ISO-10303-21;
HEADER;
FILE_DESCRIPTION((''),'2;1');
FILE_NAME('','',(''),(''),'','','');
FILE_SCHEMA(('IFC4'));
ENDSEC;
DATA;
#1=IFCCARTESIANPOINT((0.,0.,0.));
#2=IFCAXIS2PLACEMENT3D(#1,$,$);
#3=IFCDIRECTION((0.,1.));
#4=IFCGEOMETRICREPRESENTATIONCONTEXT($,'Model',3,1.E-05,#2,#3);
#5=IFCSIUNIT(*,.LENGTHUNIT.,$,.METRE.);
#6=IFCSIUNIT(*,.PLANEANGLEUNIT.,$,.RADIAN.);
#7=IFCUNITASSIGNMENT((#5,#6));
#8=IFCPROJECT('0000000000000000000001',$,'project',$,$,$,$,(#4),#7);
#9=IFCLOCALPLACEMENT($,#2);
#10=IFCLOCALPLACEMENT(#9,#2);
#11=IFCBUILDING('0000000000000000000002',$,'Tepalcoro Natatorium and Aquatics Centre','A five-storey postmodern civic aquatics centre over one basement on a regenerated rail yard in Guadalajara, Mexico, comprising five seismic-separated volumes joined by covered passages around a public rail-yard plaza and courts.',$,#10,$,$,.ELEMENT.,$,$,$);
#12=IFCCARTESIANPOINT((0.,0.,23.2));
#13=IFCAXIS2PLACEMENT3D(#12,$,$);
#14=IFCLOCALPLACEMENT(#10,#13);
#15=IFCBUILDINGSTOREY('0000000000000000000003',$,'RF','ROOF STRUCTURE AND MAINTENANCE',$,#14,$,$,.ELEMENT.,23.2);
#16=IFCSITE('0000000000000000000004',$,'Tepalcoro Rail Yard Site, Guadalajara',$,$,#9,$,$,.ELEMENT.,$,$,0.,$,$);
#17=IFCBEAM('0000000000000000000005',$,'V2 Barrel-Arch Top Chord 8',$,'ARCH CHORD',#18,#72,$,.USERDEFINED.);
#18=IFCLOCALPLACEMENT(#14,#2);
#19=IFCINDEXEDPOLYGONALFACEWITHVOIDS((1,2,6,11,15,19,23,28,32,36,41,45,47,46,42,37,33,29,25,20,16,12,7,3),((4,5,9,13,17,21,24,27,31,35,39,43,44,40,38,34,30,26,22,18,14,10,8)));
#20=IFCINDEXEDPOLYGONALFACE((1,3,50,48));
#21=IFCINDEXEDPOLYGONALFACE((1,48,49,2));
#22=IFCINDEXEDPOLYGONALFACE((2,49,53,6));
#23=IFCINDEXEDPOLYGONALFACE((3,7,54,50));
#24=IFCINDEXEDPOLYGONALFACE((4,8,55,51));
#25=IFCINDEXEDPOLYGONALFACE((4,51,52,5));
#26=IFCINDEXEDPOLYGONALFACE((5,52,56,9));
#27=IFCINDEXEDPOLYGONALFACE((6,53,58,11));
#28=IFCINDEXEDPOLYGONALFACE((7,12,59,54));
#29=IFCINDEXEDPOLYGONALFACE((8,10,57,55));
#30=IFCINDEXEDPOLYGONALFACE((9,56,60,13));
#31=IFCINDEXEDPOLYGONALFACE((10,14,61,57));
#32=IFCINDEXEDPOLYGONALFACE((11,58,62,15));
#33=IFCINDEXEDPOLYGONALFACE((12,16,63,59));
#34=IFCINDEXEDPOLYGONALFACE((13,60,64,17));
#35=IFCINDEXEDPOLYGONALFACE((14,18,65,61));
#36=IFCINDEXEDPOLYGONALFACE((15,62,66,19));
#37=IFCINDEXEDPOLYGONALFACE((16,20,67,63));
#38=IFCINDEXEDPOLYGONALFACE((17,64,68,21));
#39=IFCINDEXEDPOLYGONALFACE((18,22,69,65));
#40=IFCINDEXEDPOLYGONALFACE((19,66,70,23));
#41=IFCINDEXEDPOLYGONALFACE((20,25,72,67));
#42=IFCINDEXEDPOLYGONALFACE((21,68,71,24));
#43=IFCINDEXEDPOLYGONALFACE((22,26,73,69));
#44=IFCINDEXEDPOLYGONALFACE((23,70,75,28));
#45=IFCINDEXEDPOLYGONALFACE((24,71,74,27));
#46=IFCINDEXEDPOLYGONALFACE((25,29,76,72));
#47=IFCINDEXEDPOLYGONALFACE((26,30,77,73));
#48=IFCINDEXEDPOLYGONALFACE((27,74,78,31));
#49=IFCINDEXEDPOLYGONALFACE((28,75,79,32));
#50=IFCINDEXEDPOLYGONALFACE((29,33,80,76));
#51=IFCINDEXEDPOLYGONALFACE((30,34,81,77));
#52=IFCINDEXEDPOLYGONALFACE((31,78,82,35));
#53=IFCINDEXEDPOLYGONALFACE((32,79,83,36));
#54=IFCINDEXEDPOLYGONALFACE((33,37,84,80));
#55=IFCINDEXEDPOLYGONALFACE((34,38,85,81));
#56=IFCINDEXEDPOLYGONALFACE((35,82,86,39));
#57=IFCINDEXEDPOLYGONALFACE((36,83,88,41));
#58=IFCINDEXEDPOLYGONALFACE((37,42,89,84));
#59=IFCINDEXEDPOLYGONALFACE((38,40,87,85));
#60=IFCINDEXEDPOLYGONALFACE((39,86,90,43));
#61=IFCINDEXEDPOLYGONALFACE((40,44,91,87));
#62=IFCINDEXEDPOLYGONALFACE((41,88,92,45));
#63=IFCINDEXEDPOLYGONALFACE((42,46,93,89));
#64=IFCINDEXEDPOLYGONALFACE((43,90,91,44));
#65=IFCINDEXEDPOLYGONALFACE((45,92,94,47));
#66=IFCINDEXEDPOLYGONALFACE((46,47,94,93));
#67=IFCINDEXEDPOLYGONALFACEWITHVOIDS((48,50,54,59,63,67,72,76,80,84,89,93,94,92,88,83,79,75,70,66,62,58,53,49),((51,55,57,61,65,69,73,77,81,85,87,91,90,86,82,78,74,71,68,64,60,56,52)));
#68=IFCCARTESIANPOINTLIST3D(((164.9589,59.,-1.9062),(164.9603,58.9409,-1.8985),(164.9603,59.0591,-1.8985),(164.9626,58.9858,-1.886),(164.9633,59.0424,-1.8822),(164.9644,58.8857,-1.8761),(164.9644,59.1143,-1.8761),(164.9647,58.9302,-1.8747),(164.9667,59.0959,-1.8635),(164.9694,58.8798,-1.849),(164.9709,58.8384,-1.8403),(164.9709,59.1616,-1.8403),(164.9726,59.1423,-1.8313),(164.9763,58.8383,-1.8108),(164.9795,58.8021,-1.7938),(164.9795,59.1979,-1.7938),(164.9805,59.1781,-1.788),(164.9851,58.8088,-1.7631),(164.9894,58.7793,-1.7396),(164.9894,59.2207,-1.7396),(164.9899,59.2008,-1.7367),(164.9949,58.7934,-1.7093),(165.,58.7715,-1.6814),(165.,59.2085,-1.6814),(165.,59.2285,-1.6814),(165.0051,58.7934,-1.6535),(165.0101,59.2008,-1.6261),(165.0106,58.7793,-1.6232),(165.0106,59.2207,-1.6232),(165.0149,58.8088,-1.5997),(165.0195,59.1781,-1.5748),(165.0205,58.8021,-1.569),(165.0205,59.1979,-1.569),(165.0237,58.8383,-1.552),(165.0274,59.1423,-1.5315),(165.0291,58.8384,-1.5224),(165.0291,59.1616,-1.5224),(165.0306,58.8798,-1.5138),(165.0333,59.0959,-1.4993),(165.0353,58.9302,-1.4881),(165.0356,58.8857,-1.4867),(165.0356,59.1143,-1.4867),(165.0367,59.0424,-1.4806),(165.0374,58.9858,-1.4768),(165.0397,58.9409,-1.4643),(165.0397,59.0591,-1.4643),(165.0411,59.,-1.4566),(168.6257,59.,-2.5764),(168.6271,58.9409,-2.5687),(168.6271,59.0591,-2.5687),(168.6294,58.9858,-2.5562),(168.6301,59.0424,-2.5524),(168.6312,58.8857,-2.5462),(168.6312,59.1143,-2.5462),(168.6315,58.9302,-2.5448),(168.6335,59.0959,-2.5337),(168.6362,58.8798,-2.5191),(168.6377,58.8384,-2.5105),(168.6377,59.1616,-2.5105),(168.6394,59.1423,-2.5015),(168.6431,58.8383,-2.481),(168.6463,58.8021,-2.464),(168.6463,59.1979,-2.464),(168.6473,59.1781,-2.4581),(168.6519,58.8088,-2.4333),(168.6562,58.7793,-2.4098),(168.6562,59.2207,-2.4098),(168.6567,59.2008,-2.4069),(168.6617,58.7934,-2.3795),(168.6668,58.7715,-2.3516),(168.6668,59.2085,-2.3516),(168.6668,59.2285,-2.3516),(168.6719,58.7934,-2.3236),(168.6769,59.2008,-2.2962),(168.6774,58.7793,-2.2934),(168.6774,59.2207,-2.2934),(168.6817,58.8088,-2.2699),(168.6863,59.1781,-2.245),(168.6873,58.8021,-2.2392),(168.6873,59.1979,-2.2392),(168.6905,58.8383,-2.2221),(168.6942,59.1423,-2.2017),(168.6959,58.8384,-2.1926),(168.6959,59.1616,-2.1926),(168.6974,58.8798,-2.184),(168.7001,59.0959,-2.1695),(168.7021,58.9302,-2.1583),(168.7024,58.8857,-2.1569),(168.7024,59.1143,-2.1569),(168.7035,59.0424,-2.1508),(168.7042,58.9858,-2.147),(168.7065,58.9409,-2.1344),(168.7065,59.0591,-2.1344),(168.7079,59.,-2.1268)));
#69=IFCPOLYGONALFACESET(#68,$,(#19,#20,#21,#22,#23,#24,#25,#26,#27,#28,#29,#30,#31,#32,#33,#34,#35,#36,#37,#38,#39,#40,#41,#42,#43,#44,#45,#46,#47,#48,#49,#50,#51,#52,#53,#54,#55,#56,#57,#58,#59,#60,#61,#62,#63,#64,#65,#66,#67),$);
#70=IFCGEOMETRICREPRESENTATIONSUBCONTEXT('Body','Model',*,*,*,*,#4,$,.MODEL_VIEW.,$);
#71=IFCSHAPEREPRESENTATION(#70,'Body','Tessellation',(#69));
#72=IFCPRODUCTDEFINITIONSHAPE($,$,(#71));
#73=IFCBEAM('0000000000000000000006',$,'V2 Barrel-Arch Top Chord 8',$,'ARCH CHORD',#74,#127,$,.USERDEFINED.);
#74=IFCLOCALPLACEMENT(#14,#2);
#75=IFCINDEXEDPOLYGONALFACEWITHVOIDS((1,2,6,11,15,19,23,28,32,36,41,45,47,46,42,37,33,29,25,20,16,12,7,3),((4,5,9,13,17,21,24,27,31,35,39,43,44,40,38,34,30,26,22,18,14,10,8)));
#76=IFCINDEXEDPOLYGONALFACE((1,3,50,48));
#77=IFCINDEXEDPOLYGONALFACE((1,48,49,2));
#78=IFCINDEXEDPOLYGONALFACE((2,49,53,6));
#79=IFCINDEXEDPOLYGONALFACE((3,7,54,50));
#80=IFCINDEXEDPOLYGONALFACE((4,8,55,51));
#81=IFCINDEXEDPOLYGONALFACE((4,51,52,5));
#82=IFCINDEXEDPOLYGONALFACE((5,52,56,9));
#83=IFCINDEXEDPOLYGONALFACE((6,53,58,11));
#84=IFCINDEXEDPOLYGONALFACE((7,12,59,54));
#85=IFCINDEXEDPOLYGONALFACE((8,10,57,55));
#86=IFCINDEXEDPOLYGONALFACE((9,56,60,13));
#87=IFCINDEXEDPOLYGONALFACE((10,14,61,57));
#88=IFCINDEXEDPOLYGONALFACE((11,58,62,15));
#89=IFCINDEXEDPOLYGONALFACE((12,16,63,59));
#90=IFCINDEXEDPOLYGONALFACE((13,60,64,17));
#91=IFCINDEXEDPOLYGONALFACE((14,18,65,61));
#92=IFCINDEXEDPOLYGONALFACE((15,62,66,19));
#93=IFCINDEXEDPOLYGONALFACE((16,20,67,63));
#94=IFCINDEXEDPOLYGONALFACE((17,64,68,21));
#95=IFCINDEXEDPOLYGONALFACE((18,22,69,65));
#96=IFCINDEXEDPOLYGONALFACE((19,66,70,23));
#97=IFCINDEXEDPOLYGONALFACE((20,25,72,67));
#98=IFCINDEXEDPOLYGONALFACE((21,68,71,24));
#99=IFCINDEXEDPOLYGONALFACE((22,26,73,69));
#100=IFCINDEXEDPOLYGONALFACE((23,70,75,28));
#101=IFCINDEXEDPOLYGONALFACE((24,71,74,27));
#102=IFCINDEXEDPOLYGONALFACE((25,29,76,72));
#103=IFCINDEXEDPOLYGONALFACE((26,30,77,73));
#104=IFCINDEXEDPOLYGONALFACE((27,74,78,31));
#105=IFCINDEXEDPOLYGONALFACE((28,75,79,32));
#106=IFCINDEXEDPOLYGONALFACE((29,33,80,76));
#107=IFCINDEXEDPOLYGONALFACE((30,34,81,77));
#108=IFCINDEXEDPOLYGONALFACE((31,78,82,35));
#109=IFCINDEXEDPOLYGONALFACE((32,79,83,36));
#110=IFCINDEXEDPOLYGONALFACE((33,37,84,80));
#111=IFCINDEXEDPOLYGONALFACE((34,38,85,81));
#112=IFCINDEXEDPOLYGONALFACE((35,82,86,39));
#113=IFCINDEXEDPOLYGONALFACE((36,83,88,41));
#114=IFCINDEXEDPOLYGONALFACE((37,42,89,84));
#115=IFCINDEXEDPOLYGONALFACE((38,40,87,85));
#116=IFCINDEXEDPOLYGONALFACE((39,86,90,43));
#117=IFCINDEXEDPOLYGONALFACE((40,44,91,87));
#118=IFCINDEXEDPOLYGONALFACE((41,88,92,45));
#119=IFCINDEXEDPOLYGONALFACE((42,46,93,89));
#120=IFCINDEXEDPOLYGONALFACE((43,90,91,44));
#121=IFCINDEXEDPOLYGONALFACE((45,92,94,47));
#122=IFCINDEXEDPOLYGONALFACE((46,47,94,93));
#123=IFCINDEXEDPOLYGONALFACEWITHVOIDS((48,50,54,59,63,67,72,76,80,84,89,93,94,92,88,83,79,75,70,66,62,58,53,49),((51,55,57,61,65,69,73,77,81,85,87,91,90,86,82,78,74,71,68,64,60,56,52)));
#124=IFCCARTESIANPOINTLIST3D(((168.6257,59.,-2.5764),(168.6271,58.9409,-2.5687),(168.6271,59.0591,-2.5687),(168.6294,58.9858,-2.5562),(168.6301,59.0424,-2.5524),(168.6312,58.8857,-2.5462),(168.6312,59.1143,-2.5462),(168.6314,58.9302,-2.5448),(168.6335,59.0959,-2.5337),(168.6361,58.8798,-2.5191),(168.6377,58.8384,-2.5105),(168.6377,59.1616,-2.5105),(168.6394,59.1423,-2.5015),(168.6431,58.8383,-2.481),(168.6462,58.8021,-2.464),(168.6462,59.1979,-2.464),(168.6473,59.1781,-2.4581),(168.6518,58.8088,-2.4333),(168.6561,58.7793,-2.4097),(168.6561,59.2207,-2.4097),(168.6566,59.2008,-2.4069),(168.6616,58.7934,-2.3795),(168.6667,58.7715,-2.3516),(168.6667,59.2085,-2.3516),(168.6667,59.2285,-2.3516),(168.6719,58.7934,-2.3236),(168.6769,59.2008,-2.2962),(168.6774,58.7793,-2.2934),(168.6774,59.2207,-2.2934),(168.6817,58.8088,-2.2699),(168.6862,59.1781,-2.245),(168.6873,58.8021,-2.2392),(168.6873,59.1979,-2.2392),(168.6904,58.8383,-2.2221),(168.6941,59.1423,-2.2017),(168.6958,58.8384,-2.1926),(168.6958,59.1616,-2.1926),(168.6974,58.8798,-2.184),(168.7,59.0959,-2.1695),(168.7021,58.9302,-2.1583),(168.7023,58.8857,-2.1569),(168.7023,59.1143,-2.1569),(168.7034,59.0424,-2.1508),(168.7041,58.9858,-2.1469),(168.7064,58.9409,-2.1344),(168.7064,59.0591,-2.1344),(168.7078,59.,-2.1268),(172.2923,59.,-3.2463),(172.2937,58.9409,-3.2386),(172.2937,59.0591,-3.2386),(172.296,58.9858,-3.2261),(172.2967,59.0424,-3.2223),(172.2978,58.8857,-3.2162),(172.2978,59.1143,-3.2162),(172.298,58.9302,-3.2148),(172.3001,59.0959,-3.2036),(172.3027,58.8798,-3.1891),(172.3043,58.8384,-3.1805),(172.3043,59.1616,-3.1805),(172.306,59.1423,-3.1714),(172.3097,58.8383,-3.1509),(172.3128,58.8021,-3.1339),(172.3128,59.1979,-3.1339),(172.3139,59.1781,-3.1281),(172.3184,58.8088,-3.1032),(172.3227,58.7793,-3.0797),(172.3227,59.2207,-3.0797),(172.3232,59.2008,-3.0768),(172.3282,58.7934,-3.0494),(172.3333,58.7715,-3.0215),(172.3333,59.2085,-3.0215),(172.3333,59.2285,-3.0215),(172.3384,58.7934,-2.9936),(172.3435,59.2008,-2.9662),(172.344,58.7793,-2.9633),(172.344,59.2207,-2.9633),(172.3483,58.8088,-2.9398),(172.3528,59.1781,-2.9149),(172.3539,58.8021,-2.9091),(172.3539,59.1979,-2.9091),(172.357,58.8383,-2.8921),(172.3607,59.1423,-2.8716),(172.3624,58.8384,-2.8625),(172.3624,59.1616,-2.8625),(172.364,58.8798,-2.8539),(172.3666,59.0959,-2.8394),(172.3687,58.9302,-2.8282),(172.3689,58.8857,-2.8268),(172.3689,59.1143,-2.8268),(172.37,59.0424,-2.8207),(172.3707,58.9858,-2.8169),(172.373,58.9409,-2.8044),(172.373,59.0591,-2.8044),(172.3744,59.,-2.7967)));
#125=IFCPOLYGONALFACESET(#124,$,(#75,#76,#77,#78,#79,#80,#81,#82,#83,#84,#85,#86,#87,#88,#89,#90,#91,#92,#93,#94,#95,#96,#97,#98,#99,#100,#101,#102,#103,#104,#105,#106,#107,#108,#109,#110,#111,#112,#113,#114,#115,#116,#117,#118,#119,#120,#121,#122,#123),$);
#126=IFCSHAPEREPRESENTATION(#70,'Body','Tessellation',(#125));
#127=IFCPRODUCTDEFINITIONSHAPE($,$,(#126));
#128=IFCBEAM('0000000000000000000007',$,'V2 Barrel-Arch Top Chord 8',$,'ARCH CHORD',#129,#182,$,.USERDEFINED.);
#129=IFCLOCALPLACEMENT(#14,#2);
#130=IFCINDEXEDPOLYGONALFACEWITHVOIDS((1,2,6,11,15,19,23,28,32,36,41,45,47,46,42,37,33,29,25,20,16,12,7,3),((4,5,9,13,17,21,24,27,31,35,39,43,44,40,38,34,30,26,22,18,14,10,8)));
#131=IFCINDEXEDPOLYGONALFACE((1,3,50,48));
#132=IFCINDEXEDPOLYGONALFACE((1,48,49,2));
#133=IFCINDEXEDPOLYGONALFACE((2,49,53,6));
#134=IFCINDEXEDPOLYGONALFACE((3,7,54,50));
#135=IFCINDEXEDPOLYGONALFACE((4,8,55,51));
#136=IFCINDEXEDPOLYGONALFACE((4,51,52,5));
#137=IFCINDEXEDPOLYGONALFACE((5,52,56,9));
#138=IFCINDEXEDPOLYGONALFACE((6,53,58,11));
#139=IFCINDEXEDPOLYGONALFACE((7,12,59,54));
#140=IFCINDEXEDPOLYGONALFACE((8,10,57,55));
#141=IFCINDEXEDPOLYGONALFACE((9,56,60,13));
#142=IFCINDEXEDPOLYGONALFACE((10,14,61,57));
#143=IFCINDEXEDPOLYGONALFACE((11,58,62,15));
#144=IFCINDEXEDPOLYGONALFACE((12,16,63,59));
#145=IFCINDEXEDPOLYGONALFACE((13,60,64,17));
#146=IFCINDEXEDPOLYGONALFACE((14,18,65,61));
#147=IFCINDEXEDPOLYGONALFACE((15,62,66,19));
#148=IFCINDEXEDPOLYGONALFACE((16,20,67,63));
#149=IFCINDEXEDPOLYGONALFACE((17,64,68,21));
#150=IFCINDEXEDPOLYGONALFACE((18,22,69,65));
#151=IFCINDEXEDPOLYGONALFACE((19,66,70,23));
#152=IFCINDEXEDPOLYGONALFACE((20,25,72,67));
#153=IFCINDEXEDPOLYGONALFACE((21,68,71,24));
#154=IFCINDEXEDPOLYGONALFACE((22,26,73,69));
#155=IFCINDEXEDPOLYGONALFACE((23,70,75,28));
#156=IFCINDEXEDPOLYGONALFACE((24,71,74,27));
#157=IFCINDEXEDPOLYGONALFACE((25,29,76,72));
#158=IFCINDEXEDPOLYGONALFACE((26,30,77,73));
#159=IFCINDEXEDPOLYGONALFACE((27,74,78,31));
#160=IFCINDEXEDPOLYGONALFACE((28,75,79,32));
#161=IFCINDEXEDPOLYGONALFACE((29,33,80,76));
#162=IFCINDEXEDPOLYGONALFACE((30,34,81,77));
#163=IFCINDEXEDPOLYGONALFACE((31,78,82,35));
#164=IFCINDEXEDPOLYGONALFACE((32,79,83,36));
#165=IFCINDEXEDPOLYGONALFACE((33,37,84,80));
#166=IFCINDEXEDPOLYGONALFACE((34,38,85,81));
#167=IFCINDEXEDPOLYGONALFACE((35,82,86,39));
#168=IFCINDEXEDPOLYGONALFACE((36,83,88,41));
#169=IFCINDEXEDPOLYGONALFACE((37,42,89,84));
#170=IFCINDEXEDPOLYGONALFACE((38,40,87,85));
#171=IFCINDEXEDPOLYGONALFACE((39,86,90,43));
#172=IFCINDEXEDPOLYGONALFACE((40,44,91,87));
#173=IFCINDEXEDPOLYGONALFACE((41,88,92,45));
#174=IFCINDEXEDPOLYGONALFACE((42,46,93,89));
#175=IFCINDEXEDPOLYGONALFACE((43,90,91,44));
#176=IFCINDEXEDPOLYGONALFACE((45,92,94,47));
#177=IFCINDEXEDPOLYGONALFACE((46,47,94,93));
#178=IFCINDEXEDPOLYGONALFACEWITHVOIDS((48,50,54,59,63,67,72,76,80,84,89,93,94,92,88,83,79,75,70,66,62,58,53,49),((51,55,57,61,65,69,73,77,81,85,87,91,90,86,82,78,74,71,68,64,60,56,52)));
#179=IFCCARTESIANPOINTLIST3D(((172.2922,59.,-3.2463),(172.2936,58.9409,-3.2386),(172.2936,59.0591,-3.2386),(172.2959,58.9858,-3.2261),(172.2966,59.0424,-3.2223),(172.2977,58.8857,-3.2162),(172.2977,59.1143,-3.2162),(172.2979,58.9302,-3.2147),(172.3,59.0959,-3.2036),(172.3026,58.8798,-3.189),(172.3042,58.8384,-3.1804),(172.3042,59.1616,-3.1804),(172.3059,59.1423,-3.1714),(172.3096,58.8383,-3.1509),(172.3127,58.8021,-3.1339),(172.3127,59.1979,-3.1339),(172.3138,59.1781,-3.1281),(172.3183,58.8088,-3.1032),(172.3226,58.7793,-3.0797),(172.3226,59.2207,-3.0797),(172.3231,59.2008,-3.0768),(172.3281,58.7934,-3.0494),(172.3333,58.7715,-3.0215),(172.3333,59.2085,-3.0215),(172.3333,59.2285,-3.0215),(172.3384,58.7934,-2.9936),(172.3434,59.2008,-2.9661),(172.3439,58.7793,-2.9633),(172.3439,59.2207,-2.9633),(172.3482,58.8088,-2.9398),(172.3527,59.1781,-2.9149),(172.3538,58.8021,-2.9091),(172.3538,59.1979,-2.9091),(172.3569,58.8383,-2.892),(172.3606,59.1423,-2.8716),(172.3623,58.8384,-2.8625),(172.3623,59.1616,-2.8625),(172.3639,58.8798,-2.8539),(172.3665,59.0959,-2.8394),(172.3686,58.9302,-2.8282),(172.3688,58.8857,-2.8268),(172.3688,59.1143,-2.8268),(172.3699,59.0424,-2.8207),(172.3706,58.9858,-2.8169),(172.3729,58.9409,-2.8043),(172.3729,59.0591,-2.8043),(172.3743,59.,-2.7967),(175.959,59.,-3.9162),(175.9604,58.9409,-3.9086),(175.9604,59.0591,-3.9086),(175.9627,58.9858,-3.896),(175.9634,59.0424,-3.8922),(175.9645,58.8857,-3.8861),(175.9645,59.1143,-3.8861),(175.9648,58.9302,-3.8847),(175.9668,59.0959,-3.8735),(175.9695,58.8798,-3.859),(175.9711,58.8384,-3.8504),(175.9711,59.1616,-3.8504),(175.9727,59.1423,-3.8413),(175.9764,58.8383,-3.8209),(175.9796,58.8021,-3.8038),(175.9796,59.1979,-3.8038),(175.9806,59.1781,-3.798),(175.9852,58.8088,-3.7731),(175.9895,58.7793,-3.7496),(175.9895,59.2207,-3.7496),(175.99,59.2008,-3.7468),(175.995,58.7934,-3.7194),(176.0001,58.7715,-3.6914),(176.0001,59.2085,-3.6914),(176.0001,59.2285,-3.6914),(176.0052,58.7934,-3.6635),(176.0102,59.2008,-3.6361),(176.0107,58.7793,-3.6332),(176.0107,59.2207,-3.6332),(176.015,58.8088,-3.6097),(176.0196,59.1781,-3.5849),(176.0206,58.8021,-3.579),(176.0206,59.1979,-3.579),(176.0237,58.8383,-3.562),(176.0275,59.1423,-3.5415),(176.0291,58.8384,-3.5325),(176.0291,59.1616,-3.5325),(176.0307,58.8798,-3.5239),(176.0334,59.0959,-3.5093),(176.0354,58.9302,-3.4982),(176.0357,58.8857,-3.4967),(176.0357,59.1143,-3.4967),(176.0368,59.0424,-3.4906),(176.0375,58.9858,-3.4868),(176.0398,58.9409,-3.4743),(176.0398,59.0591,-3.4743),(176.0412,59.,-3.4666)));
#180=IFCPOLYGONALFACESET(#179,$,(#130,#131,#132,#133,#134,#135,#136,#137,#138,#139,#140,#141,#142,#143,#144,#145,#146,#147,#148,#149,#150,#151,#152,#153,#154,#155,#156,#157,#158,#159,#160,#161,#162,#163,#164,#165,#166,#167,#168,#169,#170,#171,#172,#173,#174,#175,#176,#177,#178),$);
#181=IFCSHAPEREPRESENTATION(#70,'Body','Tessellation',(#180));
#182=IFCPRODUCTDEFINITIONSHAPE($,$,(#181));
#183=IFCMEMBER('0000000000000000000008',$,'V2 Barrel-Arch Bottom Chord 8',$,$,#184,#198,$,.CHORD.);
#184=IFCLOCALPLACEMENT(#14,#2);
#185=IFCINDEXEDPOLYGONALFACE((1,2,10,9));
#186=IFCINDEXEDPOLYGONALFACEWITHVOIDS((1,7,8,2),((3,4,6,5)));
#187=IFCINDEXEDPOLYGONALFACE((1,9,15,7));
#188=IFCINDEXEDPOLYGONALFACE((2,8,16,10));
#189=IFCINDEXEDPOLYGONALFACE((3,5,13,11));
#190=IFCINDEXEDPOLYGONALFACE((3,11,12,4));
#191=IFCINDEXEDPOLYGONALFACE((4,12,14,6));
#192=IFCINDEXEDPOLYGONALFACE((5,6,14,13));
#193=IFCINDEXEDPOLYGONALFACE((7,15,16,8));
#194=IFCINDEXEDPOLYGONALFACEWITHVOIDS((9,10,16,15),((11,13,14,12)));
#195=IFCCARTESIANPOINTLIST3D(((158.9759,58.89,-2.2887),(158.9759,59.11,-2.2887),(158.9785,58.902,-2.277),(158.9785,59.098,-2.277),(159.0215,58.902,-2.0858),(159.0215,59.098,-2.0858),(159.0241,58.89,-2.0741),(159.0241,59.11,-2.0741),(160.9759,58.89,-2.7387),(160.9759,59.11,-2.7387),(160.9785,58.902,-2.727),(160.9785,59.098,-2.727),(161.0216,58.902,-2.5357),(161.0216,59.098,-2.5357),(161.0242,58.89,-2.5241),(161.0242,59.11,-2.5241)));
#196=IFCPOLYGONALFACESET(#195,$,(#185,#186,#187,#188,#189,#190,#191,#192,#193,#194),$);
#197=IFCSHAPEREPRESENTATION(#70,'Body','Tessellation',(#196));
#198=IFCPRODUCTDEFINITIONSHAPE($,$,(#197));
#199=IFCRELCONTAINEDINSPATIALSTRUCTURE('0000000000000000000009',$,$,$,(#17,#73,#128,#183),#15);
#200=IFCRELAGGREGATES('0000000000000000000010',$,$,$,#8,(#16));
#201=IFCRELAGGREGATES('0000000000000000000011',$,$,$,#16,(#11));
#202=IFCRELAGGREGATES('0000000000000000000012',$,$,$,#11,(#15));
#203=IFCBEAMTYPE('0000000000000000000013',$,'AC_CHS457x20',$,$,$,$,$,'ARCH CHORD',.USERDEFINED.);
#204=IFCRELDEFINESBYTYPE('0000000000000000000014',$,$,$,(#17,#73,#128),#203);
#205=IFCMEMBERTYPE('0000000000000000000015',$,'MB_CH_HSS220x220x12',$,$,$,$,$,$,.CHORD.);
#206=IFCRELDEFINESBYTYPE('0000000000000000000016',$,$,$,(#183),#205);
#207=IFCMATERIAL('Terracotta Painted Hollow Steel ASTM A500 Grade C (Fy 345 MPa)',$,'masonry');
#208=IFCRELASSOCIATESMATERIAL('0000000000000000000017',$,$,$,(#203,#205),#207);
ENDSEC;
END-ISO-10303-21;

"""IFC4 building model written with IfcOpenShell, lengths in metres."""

from ifc_helpers import new_model, si_unit, direction, frame, origin, origin_2d, place, context, subcontext, project, spatial, hollow_rectangle, hollow_circle, extrude, material, material_profile, profile_set, type_object, element, save


model = new_model("IFC4")

# Units and contexts
model_context = context("Model", 3, precision=1e-05, world=origin(), true_north=direction((0.0, 1.0)))
body_context = subcontext(model_context, "Body", "Model", "MODEL_VIEW")
ifc_project = project(units=[si_unit("LENGTHUNIT", "METRE"), si_unit("PLANEANGLEUNIT", "RADIAN")], contexts=[model_context])

# Site, building, storey
site_placement = place(None, origin())
site = spatial("IfcSite", under=ifc_project, at=site_placement, Name="Tepalcoro Rail Yard Site, Guadalajara", CompositionType="ELEMENT", RefElevation=0.0)
building_placement = place(site_placement, origin())
building = spatial("IfcBuilding", under=site, at=building_placement, Name="Tepalcoro Natatorium and Aquatics Centre", Description="A five-storey postmodern civic aquatics centre over one basement on a regenerated rail yard in Guadalajara, Mexico, comprising five seismic-separated volumes joined by covered passages around a public rail-yard plaza and courts.", CompositionType="ELEMENT")
storey_placement = place(building_placement, frame((0.0, 0.0, 23.2)))
storey = spatial("IfcBuildingStorey", under=building, at=storey_placement, Name="RF", Description="ROOF STRUCTURE AND MAINTENANCE", CompositionType="ELEMENT", Elevation=23.2)

# Beams
ifc_material_1 = material(Name="Terracotta Painted Hollow Steel ASTM A500 Grade C (Fy 345 MPa)", Category="masonry")
ifc_material_profile_1 = material_profile(ifc_material_1, hollow_circle(Radius=0.2285, WallThickness=0.02, at=origin_2d()), Name="CHS457X20")
ifc_profile_set_1 = profile_set([ifc_material_profile_1], Name="Terracotta Painted Hollow Steel ASTM A500 Grade C (Fy 345 MPa)")
beam_type = type_object("IfcBeamType", Name="AC_CHS457x20", ElementType="ARCH CHORD", PredefinedType="USERDEFINED", material=ifc_profile_set_1)
beam_1_placement = place(storey_placement, frame((165.0, 59.0, -1.6814), z_axis=(0.983705, 0.0, -0.17979), x_axis=(0.0, 1.0, 0.0)))
element("IfcBeam", 1, at=beam_1_placement, inside=storey, type_object=beam_type, Name="V2 Barrel-Arch Top Chord 8", ObjectType="ARCH CHORD", PredefinedType="USERDEFINED", context=body_context, shape_type="SweptSolid", body=[
    extrude(hollow_circle(Radius=0.2285, WallThickness=0.02, at=origin_2d()), origin(), (0.0, 0.0, 1.0), 3.7275),
])
beam_2_placement = place(storey_placement, frame((168.6667, 59.0, -2.3516), z_axis=(0.983714, 0.0, -0.179738), x_axis=(0.0, 1.0, 0.0)))
element("IfcBeam", 2, at=beam_2_placement, inside=storey, type_object=beam_type, Name="V2 Barrel-Arch Top Chord 8", ObjectType="ARCH CHORD", PredefinedType="USERDEFINED", context=body_context, shape_type="SweptSolid", body=[
    extrude(hollow_circle(Radius=0.2285, WallThickness=0.02, at=origin_2d()), origin(), (0.0, 0.0, 1.0), 3.7273),
])
beam_3_placement = place(storey_placement, frame((172.3333, 59.0, -3.0215), z_axis=(0.983717, 0.0, -0.179727), x_axis=(0.0, 1.0, 0.0)))
element("IfcBeam", 3, at=beam_3_placement, inside=storey, type_object=beam_type, Name="V2 Barrel-Arch Top Chord 8", ObjectType="ARCH CHORD", PredefinedType="USERDEFINED", context=body_context, shape_type="SweptSolid", body=[
    extrude(hollow_circle(Radius=0.2285, WallThickness=0.02, at=origin_2d()), origin(), (0.0, 0.0, 1.0), 3.7275),
])

# Member
ifc_material_profile_2 = material_profile(ifc_material_1, hollow_rectangle(XDim=0.22, YDim=0.22, WallThickness=0.012, at=origin_2d()), Name="HSS220X220X12")
ifc_profile_set_2 = profile_set([ifc_material_profile_2], Name="Terracotta Painted Hollow Steel ASTM A500 Grade C (Fy 345 MPa)")
member_type_1 = type_object("IfcMemberType", Name="MB_CH_HSS220x220x12", PredefinedType="CHORD", material=ifc_profile_set_2)
for number, where, z_axis, x_axis, name in (
    (4, (159.0, 59.0, -2.1814), (0.975615, 0.0, -0.21949), (0.0, 1.0, 0.0), "V2 Barrel-Arch Bottom Chord 8"),
):
    element("IfcMember", number, at=place(storey_placement, frame(where, z_axis=z_axis, x_axis=x_axis)), inside=storey, type_object=member_type_1, Name=name, PredefinedType="CHORD", context=body_context, shape_type="SweptSolid", body=[
        extrude(hollow_rectangle(XDim=0.22, YDim=0.22, WallThickness=0.012, at=origin_2d()), origin(), (0.0, 0.0, 1.0), 2.05),
    ])

save(model, "model.ifc")
